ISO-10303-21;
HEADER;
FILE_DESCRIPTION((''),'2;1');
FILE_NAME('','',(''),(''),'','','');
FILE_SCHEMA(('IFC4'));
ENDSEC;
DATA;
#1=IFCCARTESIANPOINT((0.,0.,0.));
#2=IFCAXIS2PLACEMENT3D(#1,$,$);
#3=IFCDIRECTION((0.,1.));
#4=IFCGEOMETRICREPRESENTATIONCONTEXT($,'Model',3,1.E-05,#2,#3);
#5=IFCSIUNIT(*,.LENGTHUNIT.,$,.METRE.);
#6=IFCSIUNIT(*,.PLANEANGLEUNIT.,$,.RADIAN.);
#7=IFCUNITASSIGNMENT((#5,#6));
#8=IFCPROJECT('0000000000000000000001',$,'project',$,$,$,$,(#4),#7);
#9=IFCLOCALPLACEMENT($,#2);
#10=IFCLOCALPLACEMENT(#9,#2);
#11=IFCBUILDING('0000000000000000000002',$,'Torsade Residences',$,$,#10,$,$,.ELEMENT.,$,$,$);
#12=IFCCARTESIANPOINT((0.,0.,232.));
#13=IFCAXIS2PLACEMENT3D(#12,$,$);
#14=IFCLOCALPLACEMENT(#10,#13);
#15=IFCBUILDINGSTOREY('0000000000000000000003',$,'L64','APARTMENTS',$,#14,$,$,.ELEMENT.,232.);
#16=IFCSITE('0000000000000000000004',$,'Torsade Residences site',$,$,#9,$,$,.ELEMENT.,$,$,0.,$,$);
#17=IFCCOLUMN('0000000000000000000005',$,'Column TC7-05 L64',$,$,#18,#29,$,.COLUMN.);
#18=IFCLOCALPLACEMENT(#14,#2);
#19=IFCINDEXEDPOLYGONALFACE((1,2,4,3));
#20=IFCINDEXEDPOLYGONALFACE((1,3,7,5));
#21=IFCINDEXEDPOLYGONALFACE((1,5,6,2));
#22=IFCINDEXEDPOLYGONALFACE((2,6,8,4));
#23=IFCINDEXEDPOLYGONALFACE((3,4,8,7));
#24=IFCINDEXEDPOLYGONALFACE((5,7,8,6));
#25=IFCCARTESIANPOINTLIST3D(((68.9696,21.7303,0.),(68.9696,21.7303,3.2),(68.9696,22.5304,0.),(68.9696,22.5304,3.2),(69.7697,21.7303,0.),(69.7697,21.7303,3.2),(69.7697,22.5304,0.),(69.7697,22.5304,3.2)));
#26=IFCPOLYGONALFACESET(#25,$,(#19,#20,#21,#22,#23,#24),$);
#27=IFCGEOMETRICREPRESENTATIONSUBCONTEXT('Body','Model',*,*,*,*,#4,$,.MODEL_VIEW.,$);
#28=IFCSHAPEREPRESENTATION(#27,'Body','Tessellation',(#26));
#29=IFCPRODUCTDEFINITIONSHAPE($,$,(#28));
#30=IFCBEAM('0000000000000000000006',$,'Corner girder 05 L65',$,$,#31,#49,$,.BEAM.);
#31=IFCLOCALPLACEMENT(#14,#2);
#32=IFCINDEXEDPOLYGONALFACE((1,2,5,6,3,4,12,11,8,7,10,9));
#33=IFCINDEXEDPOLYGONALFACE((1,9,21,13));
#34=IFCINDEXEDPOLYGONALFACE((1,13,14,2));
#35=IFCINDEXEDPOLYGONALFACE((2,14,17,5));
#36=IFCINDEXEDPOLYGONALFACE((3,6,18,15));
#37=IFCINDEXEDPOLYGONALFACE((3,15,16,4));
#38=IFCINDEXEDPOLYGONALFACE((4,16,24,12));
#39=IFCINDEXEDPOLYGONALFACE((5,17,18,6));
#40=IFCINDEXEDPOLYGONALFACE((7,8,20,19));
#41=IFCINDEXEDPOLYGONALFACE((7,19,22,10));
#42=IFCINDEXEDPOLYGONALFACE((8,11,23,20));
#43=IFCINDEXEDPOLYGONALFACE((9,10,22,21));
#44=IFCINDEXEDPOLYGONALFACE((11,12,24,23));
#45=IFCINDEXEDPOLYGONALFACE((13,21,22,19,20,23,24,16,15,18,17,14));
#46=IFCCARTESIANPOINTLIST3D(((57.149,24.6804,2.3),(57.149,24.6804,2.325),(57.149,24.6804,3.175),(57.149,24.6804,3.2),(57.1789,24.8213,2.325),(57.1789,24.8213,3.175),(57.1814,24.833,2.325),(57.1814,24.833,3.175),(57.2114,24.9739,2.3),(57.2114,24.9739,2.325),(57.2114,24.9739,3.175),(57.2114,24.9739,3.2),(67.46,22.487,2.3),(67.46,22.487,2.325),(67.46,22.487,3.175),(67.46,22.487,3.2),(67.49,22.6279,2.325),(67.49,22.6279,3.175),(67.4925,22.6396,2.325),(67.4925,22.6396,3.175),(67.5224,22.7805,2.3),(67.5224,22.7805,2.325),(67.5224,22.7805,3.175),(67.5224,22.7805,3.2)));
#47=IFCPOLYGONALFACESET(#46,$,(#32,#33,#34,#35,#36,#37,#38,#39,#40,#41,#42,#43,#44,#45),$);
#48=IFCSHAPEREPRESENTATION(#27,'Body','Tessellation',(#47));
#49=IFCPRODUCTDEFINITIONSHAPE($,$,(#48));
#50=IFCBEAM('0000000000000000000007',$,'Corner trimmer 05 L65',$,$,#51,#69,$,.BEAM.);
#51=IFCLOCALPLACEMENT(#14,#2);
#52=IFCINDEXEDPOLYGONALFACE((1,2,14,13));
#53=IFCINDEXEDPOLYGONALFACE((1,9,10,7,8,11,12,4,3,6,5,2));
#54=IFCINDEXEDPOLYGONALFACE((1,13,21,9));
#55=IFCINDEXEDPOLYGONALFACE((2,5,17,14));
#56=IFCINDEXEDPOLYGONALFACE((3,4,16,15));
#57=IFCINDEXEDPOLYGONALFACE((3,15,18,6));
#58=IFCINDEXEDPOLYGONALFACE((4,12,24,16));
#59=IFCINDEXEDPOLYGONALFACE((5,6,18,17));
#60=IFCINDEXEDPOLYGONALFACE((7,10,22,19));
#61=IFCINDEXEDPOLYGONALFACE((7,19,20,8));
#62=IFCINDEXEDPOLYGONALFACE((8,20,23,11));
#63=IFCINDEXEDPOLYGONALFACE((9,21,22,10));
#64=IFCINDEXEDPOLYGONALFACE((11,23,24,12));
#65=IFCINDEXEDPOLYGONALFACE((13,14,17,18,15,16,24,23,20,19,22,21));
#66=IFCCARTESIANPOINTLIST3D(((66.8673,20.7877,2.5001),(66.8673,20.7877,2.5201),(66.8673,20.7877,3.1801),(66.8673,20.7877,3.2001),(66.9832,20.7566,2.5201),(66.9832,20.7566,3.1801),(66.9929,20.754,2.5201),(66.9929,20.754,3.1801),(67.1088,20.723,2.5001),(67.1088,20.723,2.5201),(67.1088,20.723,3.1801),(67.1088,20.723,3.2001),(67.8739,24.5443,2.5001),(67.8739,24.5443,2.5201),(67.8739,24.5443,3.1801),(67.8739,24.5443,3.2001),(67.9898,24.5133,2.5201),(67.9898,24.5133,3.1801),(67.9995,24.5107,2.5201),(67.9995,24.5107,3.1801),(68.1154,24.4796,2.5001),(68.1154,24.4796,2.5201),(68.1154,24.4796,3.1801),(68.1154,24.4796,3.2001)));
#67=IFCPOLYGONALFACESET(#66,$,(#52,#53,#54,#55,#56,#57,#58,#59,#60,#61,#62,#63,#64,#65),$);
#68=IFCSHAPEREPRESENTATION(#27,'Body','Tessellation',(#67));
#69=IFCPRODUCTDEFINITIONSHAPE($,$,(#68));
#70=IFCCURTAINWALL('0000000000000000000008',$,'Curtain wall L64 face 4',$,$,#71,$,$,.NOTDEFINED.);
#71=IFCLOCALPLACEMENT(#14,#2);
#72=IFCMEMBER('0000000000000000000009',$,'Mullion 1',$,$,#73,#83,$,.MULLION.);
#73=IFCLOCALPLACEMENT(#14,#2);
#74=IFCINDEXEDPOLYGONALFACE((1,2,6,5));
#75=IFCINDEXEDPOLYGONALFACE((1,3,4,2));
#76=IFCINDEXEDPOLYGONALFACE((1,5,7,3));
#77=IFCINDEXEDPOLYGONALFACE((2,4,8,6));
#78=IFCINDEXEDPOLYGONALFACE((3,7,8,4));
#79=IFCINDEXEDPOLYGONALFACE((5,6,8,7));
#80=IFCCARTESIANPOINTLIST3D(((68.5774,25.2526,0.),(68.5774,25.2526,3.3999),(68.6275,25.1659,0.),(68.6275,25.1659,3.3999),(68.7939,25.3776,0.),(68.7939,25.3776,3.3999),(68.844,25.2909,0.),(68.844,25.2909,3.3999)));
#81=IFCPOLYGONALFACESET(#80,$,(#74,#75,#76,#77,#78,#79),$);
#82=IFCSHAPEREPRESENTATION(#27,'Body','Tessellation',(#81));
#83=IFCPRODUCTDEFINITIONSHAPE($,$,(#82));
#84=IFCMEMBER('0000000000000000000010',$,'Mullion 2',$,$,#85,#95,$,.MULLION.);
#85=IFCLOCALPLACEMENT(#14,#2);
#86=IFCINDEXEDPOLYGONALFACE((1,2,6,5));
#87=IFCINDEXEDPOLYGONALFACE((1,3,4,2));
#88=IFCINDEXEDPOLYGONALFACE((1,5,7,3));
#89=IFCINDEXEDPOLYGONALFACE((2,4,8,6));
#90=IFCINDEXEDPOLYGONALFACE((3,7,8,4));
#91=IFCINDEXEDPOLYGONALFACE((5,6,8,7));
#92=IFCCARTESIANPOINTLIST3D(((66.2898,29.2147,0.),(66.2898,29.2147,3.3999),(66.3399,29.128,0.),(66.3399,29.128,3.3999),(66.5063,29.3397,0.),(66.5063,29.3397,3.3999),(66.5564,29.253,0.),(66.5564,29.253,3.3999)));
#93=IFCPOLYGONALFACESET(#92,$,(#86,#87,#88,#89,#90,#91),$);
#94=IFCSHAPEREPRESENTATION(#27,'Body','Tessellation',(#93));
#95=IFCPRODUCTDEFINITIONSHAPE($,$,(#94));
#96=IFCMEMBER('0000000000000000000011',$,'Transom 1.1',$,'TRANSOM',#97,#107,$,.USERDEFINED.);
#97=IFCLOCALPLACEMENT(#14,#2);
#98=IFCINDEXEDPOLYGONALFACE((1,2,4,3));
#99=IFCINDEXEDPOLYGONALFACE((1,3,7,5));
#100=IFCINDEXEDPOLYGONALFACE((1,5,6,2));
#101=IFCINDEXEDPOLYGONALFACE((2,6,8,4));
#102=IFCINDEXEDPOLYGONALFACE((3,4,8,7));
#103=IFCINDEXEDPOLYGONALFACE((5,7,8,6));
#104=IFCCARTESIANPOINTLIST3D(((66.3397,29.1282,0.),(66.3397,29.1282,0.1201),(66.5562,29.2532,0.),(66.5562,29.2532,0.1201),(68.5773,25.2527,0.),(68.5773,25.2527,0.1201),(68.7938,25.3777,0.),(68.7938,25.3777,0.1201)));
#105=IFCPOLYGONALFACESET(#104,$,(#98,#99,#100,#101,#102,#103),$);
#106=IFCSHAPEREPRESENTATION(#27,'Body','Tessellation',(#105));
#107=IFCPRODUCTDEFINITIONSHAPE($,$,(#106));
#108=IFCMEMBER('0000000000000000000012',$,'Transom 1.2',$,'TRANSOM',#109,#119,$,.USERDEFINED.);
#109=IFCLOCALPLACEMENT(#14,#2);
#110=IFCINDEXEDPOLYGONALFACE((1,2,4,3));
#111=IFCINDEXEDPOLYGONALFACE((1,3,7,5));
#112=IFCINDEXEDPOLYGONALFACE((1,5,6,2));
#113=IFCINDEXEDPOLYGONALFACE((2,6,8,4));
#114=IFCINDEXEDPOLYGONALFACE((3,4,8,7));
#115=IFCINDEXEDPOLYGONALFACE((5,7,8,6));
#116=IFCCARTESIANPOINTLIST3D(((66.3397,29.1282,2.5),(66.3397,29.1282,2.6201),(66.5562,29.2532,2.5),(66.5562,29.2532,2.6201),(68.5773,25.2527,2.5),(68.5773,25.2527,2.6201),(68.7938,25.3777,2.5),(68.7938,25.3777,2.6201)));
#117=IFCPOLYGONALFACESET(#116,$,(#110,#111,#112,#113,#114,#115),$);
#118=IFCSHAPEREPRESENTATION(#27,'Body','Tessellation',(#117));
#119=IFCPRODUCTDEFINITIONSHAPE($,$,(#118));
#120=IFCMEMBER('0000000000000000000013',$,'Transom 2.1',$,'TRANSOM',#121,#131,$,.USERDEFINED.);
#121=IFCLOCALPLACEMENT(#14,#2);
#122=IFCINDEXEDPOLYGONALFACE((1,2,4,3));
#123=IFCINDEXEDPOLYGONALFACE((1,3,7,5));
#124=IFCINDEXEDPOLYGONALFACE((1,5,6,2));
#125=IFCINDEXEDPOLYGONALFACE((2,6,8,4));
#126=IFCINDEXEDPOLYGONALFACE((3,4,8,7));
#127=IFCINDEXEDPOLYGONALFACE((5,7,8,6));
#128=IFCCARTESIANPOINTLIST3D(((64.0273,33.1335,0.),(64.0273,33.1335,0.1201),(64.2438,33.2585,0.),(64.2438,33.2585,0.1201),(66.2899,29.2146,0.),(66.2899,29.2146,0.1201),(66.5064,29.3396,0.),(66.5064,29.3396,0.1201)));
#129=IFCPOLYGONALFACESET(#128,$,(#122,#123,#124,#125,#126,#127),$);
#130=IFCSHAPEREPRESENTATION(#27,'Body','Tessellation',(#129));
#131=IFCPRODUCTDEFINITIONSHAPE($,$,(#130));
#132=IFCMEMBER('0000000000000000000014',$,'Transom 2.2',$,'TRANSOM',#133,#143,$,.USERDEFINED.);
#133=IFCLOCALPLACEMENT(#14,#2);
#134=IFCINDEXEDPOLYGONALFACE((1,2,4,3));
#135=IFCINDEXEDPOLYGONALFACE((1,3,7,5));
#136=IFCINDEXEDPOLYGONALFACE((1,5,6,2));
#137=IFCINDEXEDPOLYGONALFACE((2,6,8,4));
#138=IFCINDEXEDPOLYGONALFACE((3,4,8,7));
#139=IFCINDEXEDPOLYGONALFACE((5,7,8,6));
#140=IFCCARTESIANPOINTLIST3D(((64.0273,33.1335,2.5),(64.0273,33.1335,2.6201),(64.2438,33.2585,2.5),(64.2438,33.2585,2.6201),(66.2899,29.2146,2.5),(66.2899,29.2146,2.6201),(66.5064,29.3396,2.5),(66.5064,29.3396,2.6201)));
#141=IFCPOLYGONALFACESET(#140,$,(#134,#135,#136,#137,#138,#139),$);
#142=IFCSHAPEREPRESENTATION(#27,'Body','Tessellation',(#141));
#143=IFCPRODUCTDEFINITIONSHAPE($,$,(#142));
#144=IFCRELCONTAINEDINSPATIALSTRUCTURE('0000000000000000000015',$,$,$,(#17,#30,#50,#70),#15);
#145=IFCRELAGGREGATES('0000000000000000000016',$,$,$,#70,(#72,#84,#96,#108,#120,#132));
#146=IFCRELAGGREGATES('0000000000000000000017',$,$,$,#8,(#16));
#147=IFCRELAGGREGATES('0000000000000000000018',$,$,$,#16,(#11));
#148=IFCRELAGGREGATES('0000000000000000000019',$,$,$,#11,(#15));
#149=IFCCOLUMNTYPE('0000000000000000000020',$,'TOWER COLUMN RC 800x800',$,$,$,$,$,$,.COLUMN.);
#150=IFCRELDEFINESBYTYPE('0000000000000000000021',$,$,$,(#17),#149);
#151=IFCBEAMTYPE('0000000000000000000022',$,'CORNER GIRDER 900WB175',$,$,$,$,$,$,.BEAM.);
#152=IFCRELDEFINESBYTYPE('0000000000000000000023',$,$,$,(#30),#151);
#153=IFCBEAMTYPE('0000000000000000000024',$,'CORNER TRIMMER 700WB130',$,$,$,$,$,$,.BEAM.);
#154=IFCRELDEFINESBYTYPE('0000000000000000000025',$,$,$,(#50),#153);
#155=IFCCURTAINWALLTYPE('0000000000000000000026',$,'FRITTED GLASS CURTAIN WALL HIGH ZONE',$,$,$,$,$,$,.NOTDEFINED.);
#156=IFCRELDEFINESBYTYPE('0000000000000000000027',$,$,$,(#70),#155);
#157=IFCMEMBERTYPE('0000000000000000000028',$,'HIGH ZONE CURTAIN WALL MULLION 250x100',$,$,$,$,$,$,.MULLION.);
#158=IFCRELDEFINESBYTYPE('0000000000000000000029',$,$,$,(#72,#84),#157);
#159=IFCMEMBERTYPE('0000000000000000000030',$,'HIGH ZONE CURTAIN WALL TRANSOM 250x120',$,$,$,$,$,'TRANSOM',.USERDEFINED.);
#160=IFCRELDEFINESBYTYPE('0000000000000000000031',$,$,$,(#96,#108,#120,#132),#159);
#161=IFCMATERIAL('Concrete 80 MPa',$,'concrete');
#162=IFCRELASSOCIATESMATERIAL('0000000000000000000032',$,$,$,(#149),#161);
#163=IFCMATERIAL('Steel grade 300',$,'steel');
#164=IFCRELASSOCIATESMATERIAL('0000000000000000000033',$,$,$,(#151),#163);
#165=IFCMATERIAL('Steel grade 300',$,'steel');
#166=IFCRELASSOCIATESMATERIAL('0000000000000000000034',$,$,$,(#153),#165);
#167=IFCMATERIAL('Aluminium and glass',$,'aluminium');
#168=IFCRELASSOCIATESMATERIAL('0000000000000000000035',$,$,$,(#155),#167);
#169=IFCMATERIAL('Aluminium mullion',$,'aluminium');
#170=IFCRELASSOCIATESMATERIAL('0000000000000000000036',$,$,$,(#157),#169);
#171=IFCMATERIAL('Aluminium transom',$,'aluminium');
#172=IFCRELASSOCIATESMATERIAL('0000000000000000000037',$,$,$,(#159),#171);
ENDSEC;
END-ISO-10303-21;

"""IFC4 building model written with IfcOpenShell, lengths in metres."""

from ifc_helpers import new_model, si_unit, direction, frame, origin, origin_2d, place, context, subcontext, project, spatial, rectangle, i_section, extrude, material, material_profile, profile_set, type_object, element, aggregate, save


model = new_model("IFC4")

# Units and contexts
model_context = context("Model", 3, precision=1e-05, world=origin(), true_north=direction((0.0, 1.0)))
body_context = subcontext(model_context, "Body", "Model", "MODEL_VIEW")
ifc_project = project(units=[si_unit("LENGTHUNIT", "METRE"), si_unit("PLANEANGLEUNIT", "RADIAN")], contexts=[model_context])

# Site, building, storey
site_placement = place(None, origin())
site = spatial("IfcSite", under=ifc_project, at=site_placement, Name="Torsade Residences site", CompositionType="ELEMENT", RefElevation=0.0)
building_placement = place(site_placement, origin())
building = spatial("IfcBuilding", under=site, at=building_placement, Name="Torsade Residences", CompositionType="ELEMENT")
storey_placement = place(building_placement, frame((0.0, 0.0, 232.0)))
storey = spatial("IfcBuildingStorey", under=building, at=storey_placement, Name="L64", Description="APARTMENTS", CompositionType="ELEMENT", Elevation=232.0)

# Column
ifc_material_1 = material(Name="Concrete 80 MPa", Category="concrete")
ifc_material_profile_1 = material_profile(ifc_material_1, rectangle(XDim=0.8, YDim=0.8, at=origin_2d()), Name="RC 800x800")
ifc_profile_set_1 = profile_set([ifc_material_profile_1], Name="Concrete 80 MPa")
column_type = type_object("IfcColumnType", Name="TOWER COLUMN RC 800x800", PredefinedType="COLUMN", material=ifc_profile_set_1)
column_placement = place(storey_placement, frame((69.3696, 22.1304, 0.0), z_axis=(0.0, 0.0, 1.0), x_axis=(1.0, 0.0, 0.0)))
element("IfcColumn", 1, at=column_placement, inside=storey, type_object=column_type, Name="Column TC7-05 L64", PredefinedType="COLUMN", context=body_context, shape_type="SweptSolid", body=[
    extrude(rectangle(XDim=0.8, YDim=0.8, at=origin_2d()), origin(), (0.0, 0.0, 1.0), 3.2),
])

# Beams
ifc_material_2 = material(Name="Steel grade 300", Category="steel")
ifc_material_profile_2 = material_profile(ifc_material_2, i_section(OverallWidth=0.3, OverallDepth=0.8999, WebThickness=0.012, FlangeThickness=0.0249, at=origin_2d()), Name="900WB175")
ifc_profile_set_2 = profile_set([ifc_material_profile_2], Name="Steel grade 300")
beam_type_1 = type_object("IfcBeamType", Name="CORNER GIRDER 900WB175", PredefinedType="BEAM", material=ifc_profile_set_2)
beam_1_placement = place(storey_placement, frame((67.4912, 22.6338, 2.75), z_axis=(-0.978115, 0.208064, 0.0), x_axis=(-0.208064, -0.978115, 0.0)))
element("IfcBeam", 2, at=beam_1_placement, inside=storey, type_object=beam_type_1, Name="Corner girder 05 L65", PredefinedType="BEAM", context=body_context, shape_type="SweptSolid", body=[
    extrude(i_section(OverallWidth=0.3, OverallDepth=0.8999, WebThickness=0.012, FlangeThickness=0.0249, at=origin_2d()), origin(), (0.0, 0.0, 1.0), 10.5417),
])
ifc_material_3 = material(Name="Steel grade 300", Category="steel")
ifc_material_profile_3 = material_profile(ifc_material_3, i_section(OverallWidth=0.25, OverallDepth=0.7, WebThickness=0.01, FlangeThickness=0.02, at=origin_2d()), Name="700WB130")
ifc_profile_set_3 = profile_set([ifc_material_profile_3], Name="Steel grade 300")
beam_type_2 = type_object("IfcBeamType", Name="CORNER TRIMMER 700WB130", PredefinedType="BEAM", material=ifc_profile_set_3)
beam_2_placement = place(storey_placement, frame((67.9946, 24.512, 2.8501), z_axis=(-0.258823, -0.965925, 0.0), x_axis=(0.965925, -0.258823, 0.0)))
element("IfcBeam", 3, at=beam_2_placement, inside=storey, type_object=beam_type_2, Name="Corner trimmer 05 L65", PredefinedType="BEAM", context=body_context, shape_type="SweptSolid", body=[
    extrude(i_section(OverallWidth=0.25, OverallDepth=0.7, WebThickness=0.01, FlangeThickness=0.02, at=origin_2d()), origin(), (0.0, 0.0, 1.0), 3.8892),
])

# Curtain wall, members
ifc_material_4 = material(Name="Aluminium and glass", Category="aluminium")
curtain_wall_type = type_object("IfcCurtainWallType", Name="FRITTED GLASS CURTAIN WALL HIGH ZONE", PredefinedType="NOTDEFINED", material=ifc_material_4)
curtain_wall_placement = place(storey_placement, origin())
curtain_wall = element("IfcCurtainWall", 4, at=curtain_wall_placement, inside=storey, type_object=curtain_wall_type, Name="Curtain wall L64 face 4", PredefinedType="NOTDEFINED")
ifc_material_5 = material(Name="Aluminium mullion", Category="aluminium")
ifc_material_profile_4 = material_profile(ifc_material_5, rectangle(XDim=0.25, YDim=0.1001, at=origin_2d()), Name="HIGH ZONE CURTAIN WALL MULLION 250x100")
ifc_profile_set_4 = profile_set([ifc_material_profile_4], Name="Aluminium mullion")
member_type_1 = type_object("IfcMemberType", Name="HIGH ZONE CURTAIN WALL MULLION 250x100", PredefinedType="MULLION", material=ifc_profile_set_4)
member_1_placement = place(storey_placement, frame((68.7107, 25.2717, 0.0), z_axis=(0.0, 0.0, 1.0), x_axis=(-0.866025, -0.5, 0.0)))
member_1 = element("IfcMember", 5, at=member_1_placement, type_object=member_type_1, Name="Mullion 1", PredefinedType="MULLION", context=body_context, shape_type="SweptSolid", body=[
    extrude(rectangle(XDim=0.25, YDim=0.1001, at=origin_2d()), origin(), (0.0, 0.0, 1.0), 3.3999),
])
member_2_placement = place(storey_placement, frame((66.4231, 29.2339, 0.0), z_axis=(0.0, 0.0, 1.0), x_axis=(-0.866025, -0.5, 0.0)))
member_2 = element("IfcMember", 6, at=member_2_placement, type_object=member_type_1, Name="Mullion 2", PredefinedType="MULLION", context=body_context, shape_type="SweptSolid", body=[
    extrude(rectangle(XDim=0.25, YDim=0.1001, at=origin_2d()), origin(), (0.0, 0.0, 1.0), 3.3999),
])
ifc_material_6 = material(Name="Aluminium transom", Category="aluminium")
ifc_material_profile_5 = material_profile(ifc_material_6, rectangle(XDim=0.25, YDim=0.1201, at=origin_2d()), Name="HIGH ZONE CURTAIN WALL TRANSOM 250x120")
ifc_profile_set_5 = profile_set([ifc_material_profile_5], Name="Aluminium transom")
member_type_2 = type_object("IfcMemberType", Name="HIGH ZONE CURTAIN WALL TRANSOM 250x120", ElementType="TRANSOM", PredefinedType="USERDEFINED", material=ifc_profile_set_5)
member_3_placement = place(storey_placement, frame((68.6855, 25.3152, 0.0601), z_axis=(-0.500006, 0.866022, 0.0), x_axis=(-0.866022, -0.500006, 0.0)))
member_3 = element("IfcMember", 7, at=member_3_placement, type_object=member_type_2, Name="Transom 1.1", ObjectType="TRANSOM", PredefinedType="USERDEFINED", context=body_context, shape_type="SweptSolid", body=[
    extrude(rectangle(XDim=0.25, YDim=0.1201, at=origin_2d()), origin(), (0.0, 0.0, 1.0), 4.4751),
])
member_4_placement = place(storey_placement, frame((68.6855, 25.3152, 2.5601), z_axis=(-0.500006, 0.866022, 0.0), x_axis=(-0.866022, -0.500006, 0.0)))
member_4 = element("IfcMember", 8, at=member_4_placement, type_object=member_type_2, Name="Transom 1.2", ObjectType="TRANSOM", PredefinedType="USERDEFINED", context=body_context, shape_type="SweptSolid", body=[
    extrude(rectangle(XDim=0.25, YDim=0.1201, at=origin_2d()), origin(), (0.0, 0.0, 1.0), 4.4751),
])
member_5_placement = place(storey_placement, frame((66.3982, 29.2771, 0.0601), z_axis=(-0.500015, 0.866017, 0.0), x_axis=(-0.866017, -0.500015, 0.0)))
member_5 = element("IfcMember", 9, at=member_5_placement, type_object=member_type_2, Name="Transom 2.1", ObjectType="TRANSOM", PredefinedType="USERDEFINED", context=body_context, shape_type="SweptSolid", body=[
    extrude(rectangle(XDim=0.25, YDim=0.1201, at=origin_2d()), origin(), (0.0, 0.0, 1.0), 4.5251),
])
member_6_placement = place(storey_placement, frame((66.3982, 29.2771, 2.5601), z_axis=(-0.500015, 0.866017, 0.0), x_axis=(-0.866017, -0.500015, 0.0)))
member_6 = element("IfcMember", 10, at=member_6_placement, type_object=member_type_2, Name="Transom 2.2", ObjectType="TRANSOM", PredefinedType="USERDEFINED", context=body_context, shape_type="SweptSolid", body=[
    extrude(rectangle(XDim=0.25, YDim=0.1201, at=origin_2d()), origin(), (0.0, 0.0, 1.0), 4.5251),
])

aggregate(curtain_wall, [member_1, member_2, member_3, member_4, member_5, member_6])

save(model, "model.ifc")
